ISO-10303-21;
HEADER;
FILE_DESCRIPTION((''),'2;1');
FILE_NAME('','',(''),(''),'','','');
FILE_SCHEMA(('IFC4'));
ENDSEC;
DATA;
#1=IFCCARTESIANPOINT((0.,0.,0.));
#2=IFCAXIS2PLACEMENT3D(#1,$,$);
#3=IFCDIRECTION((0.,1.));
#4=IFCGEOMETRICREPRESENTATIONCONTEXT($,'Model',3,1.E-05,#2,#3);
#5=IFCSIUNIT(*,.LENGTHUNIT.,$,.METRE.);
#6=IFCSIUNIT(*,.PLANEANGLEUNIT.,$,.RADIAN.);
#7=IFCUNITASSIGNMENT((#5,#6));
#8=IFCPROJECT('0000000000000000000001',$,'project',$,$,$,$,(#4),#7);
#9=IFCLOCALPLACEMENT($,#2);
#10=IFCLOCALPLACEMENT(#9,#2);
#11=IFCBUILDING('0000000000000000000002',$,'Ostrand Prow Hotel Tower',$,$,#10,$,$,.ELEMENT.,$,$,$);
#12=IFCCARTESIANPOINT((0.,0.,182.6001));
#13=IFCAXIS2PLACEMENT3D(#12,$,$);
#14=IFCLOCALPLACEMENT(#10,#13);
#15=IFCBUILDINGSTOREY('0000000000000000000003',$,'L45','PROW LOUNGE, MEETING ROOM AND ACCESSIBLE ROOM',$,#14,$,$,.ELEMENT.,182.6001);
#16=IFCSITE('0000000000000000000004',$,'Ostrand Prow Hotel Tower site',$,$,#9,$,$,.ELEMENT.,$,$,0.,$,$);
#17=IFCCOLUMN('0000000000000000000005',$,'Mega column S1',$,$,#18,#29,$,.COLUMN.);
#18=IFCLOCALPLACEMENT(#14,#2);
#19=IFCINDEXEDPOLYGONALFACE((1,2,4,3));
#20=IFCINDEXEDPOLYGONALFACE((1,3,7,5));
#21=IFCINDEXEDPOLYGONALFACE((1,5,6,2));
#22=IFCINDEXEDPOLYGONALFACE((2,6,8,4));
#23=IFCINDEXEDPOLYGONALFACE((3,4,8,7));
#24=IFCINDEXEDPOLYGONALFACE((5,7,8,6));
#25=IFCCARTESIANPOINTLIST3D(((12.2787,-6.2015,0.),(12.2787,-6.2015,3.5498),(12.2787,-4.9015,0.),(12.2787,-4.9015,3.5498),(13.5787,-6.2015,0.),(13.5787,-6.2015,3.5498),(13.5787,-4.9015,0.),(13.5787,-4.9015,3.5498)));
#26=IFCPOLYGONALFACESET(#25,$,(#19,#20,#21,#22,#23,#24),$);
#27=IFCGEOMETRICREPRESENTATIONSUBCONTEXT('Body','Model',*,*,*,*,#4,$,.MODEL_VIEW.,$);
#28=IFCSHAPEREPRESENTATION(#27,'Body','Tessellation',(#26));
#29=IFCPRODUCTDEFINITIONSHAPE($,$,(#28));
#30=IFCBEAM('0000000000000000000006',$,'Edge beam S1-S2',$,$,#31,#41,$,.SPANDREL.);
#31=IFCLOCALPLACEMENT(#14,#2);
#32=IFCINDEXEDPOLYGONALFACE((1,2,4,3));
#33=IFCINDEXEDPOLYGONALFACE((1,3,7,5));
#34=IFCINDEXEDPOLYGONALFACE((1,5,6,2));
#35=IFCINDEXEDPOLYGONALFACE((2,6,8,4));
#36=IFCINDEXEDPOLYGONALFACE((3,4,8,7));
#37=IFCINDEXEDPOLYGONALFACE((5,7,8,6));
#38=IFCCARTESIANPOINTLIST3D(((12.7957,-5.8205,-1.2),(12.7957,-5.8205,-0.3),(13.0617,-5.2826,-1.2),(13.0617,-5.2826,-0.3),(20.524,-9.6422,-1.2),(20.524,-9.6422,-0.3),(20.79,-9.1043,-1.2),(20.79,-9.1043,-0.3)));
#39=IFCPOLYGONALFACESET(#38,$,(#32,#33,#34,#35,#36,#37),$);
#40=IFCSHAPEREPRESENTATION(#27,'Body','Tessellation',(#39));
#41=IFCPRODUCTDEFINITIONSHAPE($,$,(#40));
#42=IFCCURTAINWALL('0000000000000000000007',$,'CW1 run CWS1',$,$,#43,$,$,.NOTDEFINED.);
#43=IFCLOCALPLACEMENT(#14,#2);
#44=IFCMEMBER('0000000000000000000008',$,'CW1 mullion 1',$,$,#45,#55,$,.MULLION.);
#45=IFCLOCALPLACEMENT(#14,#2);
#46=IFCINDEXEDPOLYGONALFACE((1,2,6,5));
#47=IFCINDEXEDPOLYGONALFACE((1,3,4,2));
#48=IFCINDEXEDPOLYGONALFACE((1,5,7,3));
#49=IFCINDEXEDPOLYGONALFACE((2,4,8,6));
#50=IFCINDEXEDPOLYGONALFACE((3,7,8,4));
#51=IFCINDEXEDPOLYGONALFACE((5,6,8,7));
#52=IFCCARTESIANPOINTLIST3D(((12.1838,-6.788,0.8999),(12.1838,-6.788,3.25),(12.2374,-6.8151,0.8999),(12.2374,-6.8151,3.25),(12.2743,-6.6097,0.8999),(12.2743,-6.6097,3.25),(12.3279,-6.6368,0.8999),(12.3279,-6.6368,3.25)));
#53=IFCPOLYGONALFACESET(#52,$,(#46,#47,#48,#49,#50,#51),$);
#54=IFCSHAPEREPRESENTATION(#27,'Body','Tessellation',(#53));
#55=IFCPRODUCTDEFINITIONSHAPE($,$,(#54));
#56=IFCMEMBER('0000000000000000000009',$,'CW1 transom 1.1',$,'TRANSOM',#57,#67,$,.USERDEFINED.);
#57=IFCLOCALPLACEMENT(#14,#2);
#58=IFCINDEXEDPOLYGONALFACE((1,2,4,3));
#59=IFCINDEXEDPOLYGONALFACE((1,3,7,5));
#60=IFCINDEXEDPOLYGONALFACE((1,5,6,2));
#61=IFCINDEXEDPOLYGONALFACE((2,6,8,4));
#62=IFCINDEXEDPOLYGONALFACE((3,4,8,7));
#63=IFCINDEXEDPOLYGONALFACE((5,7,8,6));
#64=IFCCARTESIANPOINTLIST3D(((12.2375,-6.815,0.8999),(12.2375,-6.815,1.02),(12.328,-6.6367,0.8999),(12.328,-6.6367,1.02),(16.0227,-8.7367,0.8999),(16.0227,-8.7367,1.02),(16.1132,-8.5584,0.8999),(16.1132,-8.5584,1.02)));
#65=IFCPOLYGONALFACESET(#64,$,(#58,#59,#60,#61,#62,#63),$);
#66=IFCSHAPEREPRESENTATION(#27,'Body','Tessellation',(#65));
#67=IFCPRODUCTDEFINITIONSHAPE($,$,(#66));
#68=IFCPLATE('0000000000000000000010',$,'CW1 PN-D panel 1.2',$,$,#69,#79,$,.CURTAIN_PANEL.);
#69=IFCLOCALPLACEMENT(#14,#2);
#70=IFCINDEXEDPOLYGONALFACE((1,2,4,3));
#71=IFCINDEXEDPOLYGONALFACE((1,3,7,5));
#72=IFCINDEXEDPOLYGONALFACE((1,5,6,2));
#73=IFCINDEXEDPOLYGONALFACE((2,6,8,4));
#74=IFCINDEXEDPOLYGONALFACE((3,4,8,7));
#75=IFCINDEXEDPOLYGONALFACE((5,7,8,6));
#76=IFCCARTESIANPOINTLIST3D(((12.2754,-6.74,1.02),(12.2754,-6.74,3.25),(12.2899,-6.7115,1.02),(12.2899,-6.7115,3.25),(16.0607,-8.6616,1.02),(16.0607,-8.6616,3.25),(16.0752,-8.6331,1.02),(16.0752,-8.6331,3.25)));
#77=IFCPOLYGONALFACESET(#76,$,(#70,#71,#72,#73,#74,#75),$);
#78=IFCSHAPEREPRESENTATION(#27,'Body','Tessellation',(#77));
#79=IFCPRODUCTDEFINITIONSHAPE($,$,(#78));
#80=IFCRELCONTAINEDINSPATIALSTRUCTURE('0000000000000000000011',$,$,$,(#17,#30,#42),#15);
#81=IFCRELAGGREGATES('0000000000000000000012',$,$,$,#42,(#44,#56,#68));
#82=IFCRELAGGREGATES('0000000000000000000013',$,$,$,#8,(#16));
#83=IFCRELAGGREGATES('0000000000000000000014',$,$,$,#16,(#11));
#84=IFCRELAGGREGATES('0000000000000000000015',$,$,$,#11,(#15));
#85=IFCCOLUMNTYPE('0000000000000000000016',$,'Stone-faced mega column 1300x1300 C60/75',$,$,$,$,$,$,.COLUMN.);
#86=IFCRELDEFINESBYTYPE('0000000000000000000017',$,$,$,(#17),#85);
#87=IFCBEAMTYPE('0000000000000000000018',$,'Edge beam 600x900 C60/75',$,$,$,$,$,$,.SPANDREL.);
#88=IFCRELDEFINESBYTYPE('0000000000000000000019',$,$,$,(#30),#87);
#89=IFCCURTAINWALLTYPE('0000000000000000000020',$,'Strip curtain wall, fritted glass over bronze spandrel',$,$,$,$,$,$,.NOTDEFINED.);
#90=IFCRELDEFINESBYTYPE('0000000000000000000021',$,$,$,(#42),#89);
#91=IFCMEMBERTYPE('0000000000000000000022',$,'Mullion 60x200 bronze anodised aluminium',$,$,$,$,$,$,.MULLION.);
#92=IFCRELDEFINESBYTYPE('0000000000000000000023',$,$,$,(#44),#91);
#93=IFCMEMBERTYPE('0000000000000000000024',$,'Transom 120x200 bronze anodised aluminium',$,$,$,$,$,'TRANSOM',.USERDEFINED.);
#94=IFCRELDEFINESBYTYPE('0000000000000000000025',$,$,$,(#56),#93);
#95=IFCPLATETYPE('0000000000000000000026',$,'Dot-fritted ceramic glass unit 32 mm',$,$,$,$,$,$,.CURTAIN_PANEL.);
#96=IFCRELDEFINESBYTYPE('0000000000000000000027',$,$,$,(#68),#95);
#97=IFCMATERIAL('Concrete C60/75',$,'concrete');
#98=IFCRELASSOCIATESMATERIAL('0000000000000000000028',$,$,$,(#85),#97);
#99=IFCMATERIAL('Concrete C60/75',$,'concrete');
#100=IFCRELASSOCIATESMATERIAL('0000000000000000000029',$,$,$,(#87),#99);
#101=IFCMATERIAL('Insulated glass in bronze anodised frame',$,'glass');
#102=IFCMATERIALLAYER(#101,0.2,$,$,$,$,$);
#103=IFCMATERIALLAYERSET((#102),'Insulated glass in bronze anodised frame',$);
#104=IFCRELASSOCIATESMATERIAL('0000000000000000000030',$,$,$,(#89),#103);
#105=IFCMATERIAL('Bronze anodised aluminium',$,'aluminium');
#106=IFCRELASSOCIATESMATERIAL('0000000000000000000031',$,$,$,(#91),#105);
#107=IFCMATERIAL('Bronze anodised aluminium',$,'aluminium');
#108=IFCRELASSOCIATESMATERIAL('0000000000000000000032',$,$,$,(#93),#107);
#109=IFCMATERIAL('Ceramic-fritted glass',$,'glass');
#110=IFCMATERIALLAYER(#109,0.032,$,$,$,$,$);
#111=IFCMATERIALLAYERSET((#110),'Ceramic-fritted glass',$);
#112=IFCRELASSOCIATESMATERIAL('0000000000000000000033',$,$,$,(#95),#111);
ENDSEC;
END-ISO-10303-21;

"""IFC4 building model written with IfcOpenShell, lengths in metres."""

from ifc_helpers import new_model, si_unit, direction, frame, origin, origin_2d, place, context, subcontext, project, spatial, rectangle, extrude, material, layer, layer_set, material_profile, profile_set, type_object, element, aggregate, save


model = new_model("IFC4")

# Units and contexts
model_context = context("Model", 3, precision=1e-05, world=origin(), true_north=direction((0.0, 1.0)))
body_context = subcontext(model_context, "Body", "Model", "MODEL_VIEW")
ifc_project = project(units=[si_unit("LENGTHUNIT", "METRE"), si_unit("PLANEANGLEUNIT", "RADIAN")], contexts=[model_context])

# Site, building, storey
site_placement = place(None, origin())
site = spatial("IfcSite", under=ifc_project, at=site_placement, Name="Ostrand Prow Hotel Tower site", CompositionType="ELEMENT", RefElevation=0.0)
building_placement = place(site_placement, origin())
building = spatial("IfcBuilding", under=site, at=building_placement, Name="Ostrand Prow Hotel Tower", CompositionType="ELEMENT")
storey_placement = place(building_placement, frame((0.0, 0.0, 182.6001)))
storey = spatial("IfcBuildingStorey", under=building, at=storey_placement, Name="L45", Description="PROW LOUNGE, MEETING ROOM AND ACCESSIBLE ROOM", CompositionType="ELEMENT", Elevation=182.6001)

# Column
ifc_material_1 = material(Name="Concrete C60/75", Category="concrete")
ifc_material_profile_1 = material_profile(ifc_material_1, rectangle(XDim=1.3, YDim=1.3, at=origin_2d()), Name="RC 1300x1300")
ifc_profile_set_1 = profile_set([ifc_material_profile_1], Name="Concrete C60/75")
column_type = type_object("IfcColumnType", Name="Stone-faced mega column 1300x1300 C60/75", PredefinedType="COLUMN", material=ifc_profile_set_1)
column_placement = place(storey_placement, frame((12.9287, -5.5515, 0.0), z_axis=(0.0, 0.0, 1.0), x_axis=(1.0, 0.0, 0.0)))
element("IfcColumn", 1, at=column_placement, inside=storey, type_object=column_type, Name="Mega column S1", PredefinedType="COLUMN", context=body_context, shape_type="SweptSolid", body=[
    extrude(rectangle(XDim=1.3, YDim=1.3, at=origin_2d()), origin(), (0.0, 0.0, 1.0), 3.5498),
])

# Beam
ifc_material_2 = material(Name="Concrete C60/75", Category="concrete")
ifc_material_profile_2 = material_profile(ifc_material_2, rectangle(XDim=0.6001, YDim=0.8999, at=origin_2d()), Name="RC 600x900")
ifc_profile_set_2 = profile_set([ifc_material_profile_2], Name="Concrete C60/75")
beam_type = type_object("IfcBeamType", Name="Edge beam 600x900 C60/75", PredefinedType="SPANDREL", material=ifc_profile_set_2)
beam_placement = place(storey_placement, frame((12.9287, -5.5515, -0.75), z_axis=(0.896384, -0.443279, 0.0), x_axis=(0.443279, 0.896384, 0.0)))
element("IfcBeam", 2, at=beam_placement, inside=storey, type_object=beam_type, Name="Edge beam S1-S2", PredefinedType="SPANDREL", context=body_context, shape_type="SweptSolid", body=[
    extrude(rectangle(XDim=0.6001, YDim=0.8999, at=origin_2d()), origin(), (0.0, 0.0, 1.0), 8.6216),
])

# Curtain wall, members, plate
ifc_material_3 = material(Name="Insulated glass in bronze anodised frame", Category="glass")
ifc_layer_1 = layer(ifc_material_3, 0.2)
ifc_layer_set_1 = layer_set([ifc_layer_1], Name="Insulated glass in bronze anodised frame")
curtain_wall_type = type_object("IfcCurtainWallType", Name="Strip curtain wall, fritted glass over bronze spandrel", PredefinedType="NOTDEFINED", material=ifc_layer_set_1)
curtain_wall_placement = place(storey_placement, origin())
curtain_wall = element("IfcCurtainWall", 3, at=curtain_wall_placement, inside=storey, type_object=curtain_wall_type, Name="CW1 run CWS1", PredefinedType="NOTDEFINED")
ifc_material_4 = material(Name="Bronze anodised aluminium", Category="aluminium")
ifc_material_profile_3 = material_profile(ifc_material_4, rectangle(XDim=0.2, YDim=0.0601, at=origin_2d()), Name="Mullion 60x200 bronze anodised aluminium")
ifc_profile_set_3 = profile_set([ifc_material_profile_3], Name="Bronze anodised aluminium")
member_type_1 = type_object("IfcMemberType", Name="Mullion 60x200 bronze anodised aluminium", PredefinedType="MULLION", material=ifc_profile_set_3)
member_1_placement = place(storey_placement, frame((12.2559, -6.7124, 0.8999), z_axis=(0.0, 0.0, 1.0), x_axis=(0.452659, 0.891684, 0.0)))
member_1 = element("IfcMember", 4, at=member_1_placement, type_object=member_type_1, Name="CW1 mullion 1", PredefinedType="MULLION", context=body_context, shape_type="SweptSolid", body=[
    extrude(rectangle(XDim=0.2, YDim=0.0601, at=origin_2d()), origin(), (0.0, 0.0, 1.0), 2.3501),
])
ifc_material_5 = material(Name="Bronze anodised aluminium", Category="aluminium")
ifc_material_profile_4 = material_profile(ifc_material_5, rectangle(XDim=0.2, YDim=0.1201, at=origin_2d()), Name="Transom 120x200 bronze anodised aluminium")
ifc_profile_set_4 = profile_set([ifc_material_profile_4], Name="Bronze anodised aluminium")
member_type_2 = type_object("IfcMemberType", Name="Transom 120x200 bronze anodised aluminium", ElementType="TRANSOM", PredefinedType="USERDEFINED", material=ifc_profile_set_4)
member_2_placement = place(storey_placement, frame((12.2827, -6.7258, 0.96), z_axis=(0.891673, -0.45268, 0.0), x_axis=(0.45268, 0.891673, 0.0)))
member_2 = element("IfcMember", 5, at=member_2_placement, type_object=member_type_2, Name="CW1 transom 1.1", ObjectType="TRANSOM", PredefinedType="USERDEFINED", context=body_context, shape_type="SweptSolid", body=[
    extrude(rectangle(XDim=0.2, YDim=0.1201, at=origin_2d()), origin(), (0.0, 0.0, 1.0), 4.2451),
])
ifc_material_6 = material(Name="Ceramic-fritted glass", Category="glass")
ifc_layer_2 = layer(ifc_material_6, 0.032)
ifc_layer_set_2 = layer_set([ifc_layer_2], Name="Ceramic-fritted glass")
plate_type = type_object("IfcPlateType", Name="Dot-fritted ceramic glass unit 32 mm", PredefinedType="CURTAIN_PANEL", material=ifc_layer_set_2)
plate_placement = place(storey_placement, frame((14.1753, -7.6865, 1.02), z_axis=(0.0, 0.0, 1.0), x_axis=(0.891684, -0.452659, 0.0)))
plate = element("IfcPlate", 6, at=plate_placement, type_object=plate_type, Name="CW1 PN-D panel 1.2", PredefinedType="CURTAIN_PANEL", context=body_context, shape_type="SweptSolid", body=[
    extrude(rectangle(XDim=4.2451, YDim=0.032, at=origin_2d()), origin(), (0.0, 0.0, 1.0), 2.23),
])
aggregate(curtain_wall, [member_1, member_2, plate])

save(model, "model.ifc")
